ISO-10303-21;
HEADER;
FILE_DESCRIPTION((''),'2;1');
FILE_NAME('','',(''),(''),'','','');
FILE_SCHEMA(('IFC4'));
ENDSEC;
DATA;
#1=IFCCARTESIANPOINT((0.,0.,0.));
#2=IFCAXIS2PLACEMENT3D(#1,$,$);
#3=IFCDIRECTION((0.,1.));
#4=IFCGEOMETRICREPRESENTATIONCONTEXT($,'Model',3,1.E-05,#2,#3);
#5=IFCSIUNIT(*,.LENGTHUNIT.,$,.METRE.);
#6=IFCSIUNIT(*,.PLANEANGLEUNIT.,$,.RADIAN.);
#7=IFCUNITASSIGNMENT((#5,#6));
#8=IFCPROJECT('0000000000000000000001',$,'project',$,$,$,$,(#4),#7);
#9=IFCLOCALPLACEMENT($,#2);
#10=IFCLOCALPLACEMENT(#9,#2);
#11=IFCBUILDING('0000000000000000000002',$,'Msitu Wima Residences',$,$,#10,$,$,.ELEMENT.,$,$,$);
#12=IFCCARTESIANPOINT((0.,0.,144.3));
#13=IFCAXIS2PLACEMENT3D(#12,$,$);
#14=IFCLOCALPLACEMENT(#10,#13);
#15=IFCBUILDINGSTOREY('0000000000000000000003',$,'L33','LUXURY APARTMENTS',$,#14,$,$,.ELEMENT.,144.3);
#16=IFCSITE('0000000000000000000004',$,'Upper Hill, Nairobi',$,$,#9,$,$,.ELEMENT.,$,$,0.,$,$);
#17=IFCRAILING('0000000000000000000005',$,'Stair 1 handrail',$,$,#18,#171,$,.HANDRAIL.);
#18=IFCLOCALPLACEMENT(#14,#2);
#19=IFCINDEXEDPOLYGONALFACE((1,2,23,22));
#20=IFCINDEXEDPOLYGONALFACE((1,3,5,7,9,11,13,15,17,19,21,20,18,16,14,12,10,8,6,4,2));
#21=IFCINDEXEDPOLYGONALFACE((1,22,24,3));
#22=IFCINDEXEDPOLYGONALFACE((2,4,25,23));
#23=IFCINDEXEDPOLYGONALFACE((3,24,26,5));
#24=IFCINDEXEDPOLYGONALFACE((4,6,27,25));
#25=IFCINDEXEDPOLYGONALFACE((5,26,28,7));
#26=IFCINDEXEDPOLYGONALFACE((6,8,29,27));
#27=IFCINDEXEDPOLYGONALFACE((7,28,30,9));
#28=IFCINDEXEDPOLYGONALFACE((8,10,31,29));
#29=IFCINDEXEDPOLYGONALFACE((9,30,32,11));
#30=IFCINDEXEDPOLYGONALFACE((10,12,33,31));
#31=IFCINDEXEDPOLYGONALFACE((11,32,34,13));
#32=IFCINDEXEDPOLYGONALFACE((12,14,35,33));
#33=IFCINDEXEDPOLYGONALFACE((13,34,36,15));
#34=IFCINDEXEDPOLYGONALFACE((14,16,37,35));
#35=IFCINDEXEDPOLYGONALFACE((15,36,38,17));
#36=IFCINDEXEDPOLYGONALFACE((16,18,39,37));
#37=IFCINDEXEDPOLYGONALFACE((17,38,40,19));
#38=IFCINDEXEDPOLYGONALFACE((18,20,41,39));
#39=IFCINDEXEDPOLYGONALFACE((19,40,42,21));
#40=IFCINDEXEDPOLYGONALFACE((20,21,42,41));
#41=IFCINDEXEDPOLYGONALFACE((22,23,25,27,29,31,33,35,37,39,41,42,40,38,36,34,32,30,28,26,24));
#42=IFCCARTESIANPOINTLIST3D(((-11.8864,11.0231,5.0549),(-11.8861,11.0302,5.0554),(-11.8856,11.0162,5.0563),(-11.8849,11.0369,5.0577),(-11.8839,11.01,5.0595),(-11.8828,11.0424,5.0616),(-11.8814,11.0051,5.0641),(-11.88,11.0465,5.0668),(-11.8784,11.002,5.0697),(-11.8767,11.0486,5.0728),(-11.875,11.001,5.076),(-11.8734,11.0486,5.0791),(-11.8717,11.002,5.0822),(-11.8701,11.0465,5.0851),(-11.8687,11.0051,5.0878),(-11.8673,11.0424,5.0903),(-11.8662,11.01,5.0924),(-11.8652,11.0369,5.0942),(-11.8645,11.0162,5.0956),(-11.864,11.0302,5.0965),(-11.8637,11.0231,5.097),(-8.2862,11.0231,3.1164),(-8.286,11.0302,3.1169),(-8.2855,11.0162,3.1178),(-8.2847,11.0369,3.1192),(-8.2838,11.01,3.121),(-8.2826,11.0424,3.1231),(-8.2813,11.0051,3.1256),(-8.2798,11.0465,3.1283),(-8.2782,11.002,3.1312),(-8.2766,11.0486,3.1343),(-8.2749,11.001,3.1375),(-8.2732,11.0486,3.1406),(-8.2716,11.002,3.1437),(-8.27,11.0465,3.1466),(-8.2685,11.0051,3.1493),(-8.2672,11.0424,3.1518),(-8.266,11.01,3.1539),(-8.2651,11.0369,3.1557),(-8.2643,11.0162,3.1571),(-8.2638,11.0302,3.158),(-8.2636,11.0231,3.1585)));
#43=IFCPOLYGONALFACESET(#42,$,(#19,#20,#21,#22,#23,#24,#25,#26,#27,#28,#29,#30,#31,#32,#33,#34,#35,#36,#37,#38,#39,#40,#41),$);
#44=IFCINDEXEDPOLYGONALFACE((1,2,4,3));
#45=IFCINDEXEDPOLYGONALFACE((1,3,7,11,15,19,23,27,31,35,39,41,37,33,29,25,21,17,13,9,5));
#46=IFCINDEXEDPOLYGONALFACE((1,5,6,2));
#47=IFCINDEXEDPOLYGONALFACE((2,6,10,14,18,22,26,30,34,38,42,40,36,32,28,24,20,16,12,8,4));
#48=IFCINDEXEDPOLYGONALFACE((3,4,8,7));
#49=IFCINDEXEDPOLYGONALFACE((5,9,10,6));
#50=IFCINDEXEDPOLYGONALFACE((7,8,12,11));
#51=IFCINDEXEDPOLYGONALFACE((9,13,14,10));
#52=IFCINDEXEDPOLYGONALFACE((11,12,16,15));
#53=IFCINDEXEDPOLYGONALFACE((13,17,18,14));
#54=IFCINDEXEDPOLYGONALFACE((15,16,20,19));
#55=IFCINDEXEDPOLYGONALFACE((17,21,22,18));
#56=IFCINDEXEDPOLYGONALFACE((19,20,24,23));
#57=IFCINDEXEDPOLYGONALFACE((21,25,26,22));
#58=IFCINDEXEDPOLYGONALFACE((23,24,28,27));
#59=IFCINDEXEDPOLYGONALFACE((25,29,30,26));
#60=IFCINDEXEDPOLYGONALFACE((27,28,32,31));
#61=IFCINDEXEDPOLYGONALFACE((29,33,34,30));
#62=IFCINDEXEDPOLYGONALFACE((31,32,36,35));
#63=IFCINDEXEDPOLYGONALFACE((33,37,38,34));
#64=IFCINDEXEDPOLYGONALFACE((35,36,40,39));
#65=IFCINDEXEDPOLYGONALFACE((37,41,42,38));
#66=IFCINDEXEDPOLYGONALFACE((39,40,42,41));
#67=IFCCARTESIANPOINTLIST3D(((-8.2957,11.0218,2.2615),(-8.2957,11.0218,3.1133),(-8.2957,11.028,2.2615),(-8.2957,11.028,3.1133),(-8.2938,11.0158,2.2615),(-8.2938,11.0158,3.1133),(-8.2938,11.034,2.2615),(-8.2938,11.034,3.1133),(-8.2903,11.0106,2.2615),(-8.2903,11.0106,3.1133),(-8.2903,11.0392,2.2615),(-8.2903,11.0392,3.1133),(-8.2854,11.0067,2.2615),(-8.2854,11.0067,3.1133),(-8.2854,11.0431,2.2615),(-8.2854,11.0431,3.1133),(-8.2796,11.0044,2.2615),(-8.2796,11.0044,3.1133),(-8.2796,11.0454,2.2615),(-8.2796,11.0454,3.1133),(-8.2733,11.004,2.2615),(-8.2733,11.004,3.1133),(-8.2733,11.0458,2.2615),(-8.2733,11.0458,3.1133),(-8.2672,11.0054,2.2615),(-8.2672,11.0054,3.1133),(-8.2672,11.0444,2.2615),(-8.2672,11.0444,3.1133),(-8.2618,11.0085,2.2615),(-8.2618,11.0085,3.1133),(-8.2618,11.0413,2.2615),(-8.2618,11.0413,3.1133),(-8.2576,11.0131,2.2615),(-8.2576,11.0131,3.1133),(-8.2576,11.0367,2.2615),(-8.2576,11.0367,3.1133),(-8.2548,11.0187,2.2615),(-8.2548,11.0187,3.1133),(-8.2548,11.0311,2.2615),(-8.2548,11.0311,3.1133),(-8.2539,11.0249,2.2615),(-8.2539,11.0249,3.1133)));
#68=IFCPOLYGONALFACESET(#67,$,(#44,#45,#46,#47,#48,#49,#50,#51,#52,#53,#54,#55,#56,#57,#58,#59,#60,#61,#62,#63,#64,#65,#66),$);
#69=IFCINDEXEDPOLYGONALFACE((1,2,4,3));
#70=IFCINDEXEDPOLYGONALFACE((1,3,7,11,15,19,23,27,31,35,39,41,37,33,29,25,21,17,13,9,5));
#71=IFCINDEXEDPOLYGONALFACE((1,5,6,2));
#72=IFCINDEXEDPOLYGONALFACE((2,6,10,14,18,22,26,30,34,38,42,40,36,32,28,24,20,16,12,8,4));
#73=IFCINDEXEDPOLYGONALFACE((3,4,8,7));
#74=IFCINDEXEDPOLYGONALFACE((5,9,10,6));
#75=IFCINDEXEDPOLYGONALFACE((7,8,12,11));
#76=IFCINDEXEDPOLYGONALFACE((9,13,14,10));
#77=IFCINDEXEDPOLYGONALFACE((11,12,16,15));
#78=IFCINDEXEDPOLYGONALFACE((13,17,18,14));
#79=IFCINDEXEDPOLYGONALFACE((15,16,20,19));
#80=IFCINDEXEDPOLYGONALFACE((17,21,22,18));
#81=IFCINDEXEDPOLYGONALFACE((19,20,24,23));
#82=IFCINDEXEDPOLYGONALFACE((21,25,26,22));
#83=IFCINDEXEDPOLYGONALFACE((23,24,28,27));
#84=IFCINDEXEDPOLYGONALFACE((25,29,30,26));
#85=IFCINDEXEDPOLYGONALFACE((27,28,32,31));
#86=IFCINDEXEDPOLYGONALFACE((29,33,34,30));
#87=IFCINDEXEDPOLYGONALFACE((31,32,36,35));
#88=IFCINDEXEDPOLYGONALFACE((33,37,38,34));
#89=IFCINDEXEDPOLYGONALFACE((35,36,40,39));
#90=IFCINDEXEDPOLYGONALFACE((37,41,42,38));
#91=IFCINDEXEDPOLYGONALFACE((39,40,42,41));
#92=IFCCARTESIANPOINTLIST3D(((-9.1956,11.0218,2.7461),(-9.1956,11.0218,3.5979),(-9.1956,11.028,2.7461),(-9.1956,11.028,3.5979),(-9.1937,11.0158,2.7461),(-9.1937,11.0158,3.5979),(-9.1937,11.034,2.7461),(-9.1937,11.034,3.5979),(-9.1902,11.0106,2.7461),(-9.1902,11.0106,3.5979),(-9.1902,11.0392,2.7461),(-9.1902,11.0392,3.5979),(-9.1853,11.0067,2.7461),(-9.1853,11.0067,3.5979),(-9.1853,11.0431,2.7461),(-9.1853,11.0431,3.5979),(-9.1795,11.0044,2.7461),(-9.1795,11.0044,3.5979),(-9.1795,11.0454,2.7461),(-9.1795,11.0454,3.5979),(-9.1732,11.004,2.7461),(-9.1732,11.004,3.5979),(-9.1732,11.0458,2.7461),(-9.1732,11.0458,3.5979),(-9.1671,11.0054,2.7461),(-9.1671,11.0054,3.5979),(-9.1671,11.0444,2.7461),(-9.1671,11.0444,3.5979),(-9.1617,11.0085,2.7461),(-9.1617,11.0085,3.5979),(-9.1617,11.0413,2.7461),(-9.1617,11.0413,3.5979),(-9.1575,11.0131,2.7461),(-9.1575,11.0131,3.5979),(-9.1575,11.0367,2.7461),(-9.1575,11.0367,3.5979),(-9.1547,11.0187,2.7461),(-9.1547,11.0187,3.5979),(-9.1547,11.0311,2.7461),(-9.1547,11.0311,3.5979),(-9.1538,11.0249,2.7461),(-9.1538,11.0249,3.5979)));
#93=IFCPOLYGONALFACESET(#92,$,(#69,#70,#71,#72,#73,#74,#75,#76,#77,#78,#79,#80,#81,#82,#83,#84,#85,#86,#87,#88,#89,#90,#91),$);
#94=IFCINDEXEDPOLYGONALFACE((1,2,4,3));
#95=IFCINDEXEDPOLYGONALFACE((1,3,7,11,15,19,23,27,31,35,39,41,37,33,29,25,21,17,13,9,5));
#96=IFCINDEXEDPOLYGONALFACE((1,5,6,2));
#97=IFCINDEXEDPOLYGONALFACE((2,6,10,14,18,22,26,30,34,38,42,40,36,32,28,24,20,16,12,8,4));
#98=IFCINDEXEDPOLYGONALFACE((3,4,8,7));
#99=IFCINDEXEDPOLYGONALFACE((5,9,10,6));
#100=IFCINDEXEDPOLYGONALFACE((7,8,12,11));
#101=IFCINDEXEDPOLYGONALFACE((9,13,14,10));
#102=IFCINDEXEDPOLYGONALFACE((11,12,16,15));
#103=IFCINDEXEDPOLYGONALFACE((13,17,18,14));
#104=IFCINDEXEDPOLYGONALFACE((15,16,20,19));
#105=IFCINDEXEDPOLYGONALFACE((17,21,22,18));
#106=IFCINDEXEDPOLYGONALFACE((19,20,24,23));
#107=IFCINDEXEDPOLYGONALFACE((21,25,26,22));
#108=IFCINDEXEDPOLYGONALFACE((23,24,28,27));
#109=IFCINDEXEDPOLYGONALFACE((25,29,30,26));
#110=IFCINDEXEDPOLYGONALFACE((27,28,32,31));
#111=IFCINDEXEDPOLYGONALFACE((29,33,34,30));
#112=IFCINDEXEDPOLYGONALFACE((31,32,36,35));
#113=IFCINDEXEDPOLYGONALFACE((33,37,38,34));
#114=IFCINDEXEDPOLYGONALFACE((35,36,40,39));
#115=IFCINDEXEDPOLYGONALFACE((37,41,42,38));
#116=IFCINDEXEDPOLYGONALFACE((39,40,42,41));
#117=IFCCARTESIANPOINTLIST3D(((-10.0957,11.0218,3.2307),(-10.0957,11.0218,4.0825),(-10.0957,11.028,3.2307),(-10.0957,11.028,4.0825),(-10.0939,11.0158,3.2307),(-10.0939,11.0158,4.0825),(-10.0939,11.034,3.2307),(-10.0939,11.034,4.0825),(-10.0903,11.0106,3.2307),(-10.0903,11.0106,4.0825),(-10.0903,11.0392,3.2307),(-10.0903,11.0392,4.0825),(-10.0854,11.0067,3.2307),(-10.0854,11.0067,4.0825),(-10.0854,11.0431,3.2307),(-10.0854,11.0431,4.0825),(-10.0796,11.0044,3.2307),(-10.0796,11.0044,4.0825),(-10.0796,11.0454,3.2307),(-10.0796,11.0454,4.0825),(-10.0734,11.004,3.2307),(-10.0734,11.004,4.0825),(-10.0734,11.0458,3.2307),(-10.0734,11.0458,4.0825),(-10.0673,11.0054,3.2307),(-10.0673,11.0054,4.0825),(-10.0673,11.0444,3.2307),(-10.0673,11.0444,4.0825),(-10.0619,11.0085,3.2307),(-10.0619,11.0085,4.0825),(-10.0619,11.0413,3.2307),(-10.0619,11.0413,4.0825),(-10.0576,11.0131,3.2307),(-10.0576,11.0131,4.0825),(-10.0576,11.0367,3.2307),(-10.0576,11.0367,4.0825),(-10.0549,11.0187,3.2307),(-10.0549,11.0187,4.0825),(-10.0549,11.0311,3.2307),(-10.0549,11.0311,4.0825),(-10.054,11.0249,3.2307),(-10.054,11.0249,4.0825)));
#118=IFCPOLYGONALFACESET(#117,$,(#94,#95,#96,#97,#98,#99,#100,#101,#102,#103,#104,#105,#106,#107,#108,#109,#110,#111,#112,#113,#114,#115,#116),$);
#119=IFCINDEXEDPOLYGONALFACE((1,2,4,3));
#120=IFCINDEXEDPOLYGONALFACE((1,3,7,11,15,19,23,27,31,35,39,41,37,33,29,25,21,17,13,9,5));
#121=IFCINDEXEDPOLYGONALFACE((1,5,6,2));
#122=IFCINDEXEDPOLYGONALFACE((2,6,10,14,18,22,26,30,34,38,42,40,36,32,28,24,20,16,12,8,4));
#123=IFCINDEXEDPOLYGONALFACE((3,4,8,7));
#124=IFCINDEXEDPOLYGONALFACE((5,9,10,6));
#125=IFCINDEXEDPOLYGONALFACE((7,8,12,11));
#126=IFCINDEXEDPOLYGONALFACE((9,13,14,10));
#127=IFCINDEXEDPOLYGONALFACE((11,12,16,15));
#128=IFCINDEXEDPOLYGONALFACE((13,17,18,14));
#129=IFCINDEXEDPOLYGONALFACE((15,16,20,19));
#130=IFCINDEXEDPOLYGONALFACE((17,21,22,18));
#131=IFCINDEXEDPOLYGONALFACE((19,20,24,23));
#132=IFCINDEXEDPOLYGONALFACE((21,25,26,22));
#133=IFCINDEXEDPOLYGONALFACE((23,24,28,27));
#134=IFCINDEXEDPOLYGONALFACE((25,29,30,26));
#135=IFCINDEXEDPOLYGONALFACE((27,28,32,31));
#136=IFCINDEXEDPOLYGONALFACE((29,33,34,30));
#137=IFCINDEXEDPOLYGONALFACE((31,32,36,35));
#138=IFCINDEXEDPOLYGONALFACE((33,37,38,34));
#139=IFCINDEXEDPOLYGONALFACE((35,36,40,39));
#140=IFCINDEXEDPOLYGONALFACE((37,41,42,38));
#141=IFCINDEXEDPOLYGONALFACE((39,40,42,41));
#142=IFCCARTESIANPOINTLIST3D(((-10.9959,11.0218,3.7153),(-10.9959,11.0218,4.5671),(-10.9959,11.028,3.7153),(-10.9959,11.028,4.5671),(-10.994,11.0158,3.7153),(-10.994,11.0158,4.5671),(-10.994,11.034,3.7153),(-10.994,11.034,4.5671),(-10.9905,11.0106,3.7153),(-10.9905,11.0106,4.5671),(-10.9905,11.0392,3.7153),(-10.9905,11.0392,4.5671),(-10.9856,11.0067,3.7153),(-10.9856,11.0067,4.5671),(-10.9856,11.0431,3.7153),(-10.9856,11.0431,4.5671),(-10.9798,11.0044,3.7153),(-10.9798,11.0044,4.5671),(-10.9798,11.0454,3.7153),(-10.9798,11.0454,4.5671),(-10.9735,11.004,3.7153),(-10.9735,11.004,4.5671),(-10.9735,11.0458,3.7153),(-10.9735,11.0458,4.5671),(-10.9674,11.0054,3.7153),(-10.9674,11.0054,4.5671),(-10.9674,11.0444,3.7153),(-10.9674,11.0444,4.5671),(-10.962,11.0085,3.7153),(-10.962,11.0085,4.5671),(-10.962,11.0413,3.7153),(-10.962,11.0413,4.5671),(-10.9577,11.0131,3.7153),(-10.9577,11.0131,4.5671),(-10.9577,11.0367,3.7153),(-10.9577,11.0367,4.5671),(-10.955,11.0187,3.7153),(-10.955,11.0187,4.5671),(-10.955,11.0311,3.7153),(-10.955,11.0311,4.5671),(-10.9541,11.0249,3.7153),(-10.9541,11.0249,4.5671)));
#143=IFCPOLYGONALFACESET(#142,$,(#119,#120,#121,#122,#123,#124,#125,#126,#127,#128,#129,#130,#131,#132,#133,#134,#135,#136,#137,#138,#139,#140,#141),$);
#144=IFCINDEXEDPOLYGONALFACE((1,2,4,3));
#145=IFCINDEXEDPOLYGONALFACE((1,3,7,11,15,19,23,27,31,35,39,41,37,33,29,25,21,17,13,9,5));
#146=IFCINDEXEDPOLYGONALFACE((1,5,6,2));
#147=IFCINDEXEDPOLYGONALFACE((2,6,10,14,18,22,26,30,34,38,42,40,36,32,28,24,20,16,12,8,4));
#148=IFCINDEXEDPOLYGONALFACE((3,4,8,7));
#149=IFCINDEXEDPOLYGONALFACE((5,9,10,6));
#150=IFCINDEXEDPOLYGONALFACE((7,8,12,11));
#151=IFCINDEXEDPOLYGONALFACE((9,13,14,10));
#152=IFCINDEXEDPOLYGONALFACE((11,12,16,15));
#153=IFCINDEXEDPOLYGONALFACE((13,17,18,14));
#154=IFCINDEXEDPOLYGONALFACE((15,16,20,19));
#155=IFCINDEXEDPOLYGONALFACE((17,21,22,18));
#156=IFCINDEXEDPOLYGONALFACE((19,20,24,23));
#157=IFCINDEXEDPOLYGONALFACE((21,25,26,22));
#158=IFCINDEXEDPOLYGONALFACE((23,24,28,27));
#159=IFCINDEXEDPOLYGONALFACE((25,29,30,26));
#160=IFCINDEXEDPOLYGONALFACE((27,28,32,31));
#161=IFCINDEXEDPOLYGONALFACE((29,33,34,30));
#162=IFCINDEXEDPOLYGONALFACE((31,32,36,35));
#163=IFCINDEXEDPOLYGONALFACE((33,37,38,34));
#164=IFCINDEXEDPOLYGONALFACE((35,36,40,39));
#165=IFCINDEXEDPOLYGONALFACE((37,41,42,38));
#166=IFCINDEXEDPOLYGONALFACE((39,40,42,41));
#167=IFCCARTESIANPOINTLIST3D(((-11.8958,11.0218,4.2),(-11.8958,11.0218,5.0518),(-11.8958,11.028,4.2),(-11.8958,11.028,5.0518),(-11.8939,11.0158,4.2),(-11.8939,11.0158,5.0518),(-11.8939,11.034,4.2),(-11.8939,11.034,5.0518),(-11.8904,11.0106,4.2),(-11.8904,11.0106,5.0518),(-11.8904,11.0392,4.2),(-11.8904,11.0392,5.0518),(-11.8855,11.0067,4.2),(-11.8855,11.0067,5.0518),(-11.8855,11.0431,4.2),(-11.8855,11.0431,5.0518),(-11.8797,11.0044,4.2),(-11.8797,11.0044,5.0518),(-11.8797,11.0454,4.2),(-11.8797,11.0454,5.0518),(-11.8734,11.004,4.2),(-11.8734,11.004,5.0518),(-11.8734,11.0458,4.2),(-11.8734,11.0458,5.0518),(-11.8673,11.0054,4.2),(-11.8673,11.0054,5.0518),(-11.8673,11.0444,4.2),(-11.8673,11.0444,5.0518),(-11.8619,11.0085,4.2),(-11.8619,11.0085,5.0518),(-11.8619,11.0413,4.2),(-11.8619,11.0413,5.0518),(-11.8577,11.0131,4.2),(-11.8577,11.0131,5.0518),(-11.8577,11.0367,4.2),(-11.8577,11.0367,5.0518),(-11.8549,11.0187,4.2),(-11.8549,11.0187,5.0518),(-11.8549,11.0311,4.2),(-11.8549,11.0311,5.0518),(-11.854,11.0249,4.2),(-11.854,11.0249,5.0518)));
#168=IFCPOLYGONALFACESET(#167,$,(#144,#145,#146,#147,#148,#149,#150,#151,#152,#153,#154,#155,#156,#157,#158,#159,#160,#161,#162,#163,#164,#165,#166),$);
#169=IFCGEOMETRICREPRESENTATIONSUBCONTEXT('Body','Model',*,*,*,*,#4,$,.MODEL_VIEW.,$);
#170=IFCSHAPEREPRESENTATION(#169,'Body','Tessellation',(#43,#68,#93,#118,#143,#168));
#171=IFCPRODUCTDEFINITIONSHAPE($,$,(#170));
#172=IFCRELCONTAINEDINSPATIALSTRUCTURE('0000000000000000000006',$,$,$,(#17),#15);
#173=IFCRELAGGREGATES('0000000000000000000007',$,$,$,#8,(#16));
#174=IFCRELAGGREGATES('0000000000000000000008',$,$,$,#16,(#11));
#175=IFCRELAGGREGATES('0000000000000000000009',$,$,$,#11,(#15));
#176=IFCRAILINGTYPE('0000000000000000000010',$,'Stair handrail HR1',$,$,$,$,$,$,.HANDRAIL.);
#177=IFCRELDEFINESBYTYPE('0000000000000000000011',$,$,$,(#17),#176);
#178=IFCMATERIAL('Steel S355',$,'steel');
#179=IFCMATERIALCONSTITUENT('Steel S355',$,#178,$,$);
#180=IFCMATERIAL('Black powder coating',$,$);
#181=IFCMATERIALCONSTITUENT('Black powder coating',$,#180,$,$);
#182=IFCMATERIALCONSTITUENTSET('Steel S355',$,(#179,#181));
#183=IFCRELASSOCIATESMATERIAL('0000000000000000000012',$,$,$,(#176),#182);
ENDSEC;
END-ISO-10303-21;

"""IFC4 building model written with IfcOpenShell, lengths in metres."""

from ifc_helpers import new_model, si_unit, direction, frame, origin, origin_2d, place, context, subcontext, project, spatial, circle, extrude, material, constituent, constituent_set, type_object, element, save


model = new_model("IFC4")

# Units and contexts
model_context = context("Model", 3, precision=1e-05, world=origin(), true_north=direction((0.0, 1.0)))
body_context = subcontext(model_context, "Body", "Model", "MODEL_VIEW")
ifc_project = project(units=[si_unit("LENGTHUNIT", "METRE"), si_unit("PLANEANGLEUNIT", "RADIAN")], contexts=[model_context])

# Site, building, storey
site_placement = place(None, origin())
site = spatial("IfcSite", under=ifc_project, at=site_placement, Name="Upper Hill, Nairobi", CompositionType="ELEMENT", RefElevation=0.0)
building_placement = place(site_placement, origin())
building = spatial("IfcBuilding", under=site, at=building_placement, Name="Msitu Wima Residences", CompositionType="ELEMENT")
storey_placement = place(building_placement, frame((0.0, 0.0, 144.3)))
storey = spatial("IfcBuildingStorey", under=building, at=storey_placement, Name="L33", Description="LUXURY APARTMENTS", CompositionType="ELEMENT", Elevation=144.3)

# Railing
ifc_material_1 = material(Name="Steel S355", Category="steel")
ifc_constituent_1 = constituent(ifc_material_1, Name="Steel S355")
ifc_material_2 = material(Name="Black powder coating")
ifc_constituent_2 = constituent(ifc_material_2, Name="Black powder coating")
ifc_constituent_set = constituent_set(constituents=[ifc_constituent_1, ifc_constituent_2], Name="Steel S355")
railing_type = type_object("IfcRailingType", Name="Stair handrail HR1", PredefinedType="HANDRAIL", material=ifc_constituent_set)
railing_placement = place(storey_placement, frame((-8.2749, 11.0249, 2.2615)))
element("IfcRailing", 1, at=railing_placement, inside=storey, type_object=railing_type, Name="Stair 1 handrail", PredefinedType="HANDRAIL", context=body_context, shape_type="SweptSolid", body=[
    extrude(circle(Radius=0.0239, at=origin_2d()), frame((0.0, 0.0, 0.876), z_axis=(-0.880475, 0.0, 0.474093), x_axis=(0.0, -1.0, 0.0)), (0.0, 0.0, 1.0), 4.0889),
    extrude(circle(Radius=0.021, at=origin_2d()), origin(), (0.0, 0.0, 1.0), 0.8518),
    extrude(circle(Radius=0.021, at=origin_2d()), frame((-0.8999, 0.0, 0.4846)), (0.0, 0.0, 1.0), 0.8518),
    extrude(circle(Radius=0.021, at=origin_2d()), frame((-1.8, 0.0, 0.9692)), (0.0, 0.0, 1.0), 0.8518),
    extrude(circle(Radius=0.021, at=origin_2d()), frame((-2.7002, 0.0, 1.4539)), (0.0, 0.0, 1.0), 0.8518),
    extrude(circle(Radius=0.021, at=origin_2d()), frame((-3.6001, 0.0, 1.9385)), (0.0, 0.0, 1.0), 0.8518),
])

save(model, "model.ifc")
